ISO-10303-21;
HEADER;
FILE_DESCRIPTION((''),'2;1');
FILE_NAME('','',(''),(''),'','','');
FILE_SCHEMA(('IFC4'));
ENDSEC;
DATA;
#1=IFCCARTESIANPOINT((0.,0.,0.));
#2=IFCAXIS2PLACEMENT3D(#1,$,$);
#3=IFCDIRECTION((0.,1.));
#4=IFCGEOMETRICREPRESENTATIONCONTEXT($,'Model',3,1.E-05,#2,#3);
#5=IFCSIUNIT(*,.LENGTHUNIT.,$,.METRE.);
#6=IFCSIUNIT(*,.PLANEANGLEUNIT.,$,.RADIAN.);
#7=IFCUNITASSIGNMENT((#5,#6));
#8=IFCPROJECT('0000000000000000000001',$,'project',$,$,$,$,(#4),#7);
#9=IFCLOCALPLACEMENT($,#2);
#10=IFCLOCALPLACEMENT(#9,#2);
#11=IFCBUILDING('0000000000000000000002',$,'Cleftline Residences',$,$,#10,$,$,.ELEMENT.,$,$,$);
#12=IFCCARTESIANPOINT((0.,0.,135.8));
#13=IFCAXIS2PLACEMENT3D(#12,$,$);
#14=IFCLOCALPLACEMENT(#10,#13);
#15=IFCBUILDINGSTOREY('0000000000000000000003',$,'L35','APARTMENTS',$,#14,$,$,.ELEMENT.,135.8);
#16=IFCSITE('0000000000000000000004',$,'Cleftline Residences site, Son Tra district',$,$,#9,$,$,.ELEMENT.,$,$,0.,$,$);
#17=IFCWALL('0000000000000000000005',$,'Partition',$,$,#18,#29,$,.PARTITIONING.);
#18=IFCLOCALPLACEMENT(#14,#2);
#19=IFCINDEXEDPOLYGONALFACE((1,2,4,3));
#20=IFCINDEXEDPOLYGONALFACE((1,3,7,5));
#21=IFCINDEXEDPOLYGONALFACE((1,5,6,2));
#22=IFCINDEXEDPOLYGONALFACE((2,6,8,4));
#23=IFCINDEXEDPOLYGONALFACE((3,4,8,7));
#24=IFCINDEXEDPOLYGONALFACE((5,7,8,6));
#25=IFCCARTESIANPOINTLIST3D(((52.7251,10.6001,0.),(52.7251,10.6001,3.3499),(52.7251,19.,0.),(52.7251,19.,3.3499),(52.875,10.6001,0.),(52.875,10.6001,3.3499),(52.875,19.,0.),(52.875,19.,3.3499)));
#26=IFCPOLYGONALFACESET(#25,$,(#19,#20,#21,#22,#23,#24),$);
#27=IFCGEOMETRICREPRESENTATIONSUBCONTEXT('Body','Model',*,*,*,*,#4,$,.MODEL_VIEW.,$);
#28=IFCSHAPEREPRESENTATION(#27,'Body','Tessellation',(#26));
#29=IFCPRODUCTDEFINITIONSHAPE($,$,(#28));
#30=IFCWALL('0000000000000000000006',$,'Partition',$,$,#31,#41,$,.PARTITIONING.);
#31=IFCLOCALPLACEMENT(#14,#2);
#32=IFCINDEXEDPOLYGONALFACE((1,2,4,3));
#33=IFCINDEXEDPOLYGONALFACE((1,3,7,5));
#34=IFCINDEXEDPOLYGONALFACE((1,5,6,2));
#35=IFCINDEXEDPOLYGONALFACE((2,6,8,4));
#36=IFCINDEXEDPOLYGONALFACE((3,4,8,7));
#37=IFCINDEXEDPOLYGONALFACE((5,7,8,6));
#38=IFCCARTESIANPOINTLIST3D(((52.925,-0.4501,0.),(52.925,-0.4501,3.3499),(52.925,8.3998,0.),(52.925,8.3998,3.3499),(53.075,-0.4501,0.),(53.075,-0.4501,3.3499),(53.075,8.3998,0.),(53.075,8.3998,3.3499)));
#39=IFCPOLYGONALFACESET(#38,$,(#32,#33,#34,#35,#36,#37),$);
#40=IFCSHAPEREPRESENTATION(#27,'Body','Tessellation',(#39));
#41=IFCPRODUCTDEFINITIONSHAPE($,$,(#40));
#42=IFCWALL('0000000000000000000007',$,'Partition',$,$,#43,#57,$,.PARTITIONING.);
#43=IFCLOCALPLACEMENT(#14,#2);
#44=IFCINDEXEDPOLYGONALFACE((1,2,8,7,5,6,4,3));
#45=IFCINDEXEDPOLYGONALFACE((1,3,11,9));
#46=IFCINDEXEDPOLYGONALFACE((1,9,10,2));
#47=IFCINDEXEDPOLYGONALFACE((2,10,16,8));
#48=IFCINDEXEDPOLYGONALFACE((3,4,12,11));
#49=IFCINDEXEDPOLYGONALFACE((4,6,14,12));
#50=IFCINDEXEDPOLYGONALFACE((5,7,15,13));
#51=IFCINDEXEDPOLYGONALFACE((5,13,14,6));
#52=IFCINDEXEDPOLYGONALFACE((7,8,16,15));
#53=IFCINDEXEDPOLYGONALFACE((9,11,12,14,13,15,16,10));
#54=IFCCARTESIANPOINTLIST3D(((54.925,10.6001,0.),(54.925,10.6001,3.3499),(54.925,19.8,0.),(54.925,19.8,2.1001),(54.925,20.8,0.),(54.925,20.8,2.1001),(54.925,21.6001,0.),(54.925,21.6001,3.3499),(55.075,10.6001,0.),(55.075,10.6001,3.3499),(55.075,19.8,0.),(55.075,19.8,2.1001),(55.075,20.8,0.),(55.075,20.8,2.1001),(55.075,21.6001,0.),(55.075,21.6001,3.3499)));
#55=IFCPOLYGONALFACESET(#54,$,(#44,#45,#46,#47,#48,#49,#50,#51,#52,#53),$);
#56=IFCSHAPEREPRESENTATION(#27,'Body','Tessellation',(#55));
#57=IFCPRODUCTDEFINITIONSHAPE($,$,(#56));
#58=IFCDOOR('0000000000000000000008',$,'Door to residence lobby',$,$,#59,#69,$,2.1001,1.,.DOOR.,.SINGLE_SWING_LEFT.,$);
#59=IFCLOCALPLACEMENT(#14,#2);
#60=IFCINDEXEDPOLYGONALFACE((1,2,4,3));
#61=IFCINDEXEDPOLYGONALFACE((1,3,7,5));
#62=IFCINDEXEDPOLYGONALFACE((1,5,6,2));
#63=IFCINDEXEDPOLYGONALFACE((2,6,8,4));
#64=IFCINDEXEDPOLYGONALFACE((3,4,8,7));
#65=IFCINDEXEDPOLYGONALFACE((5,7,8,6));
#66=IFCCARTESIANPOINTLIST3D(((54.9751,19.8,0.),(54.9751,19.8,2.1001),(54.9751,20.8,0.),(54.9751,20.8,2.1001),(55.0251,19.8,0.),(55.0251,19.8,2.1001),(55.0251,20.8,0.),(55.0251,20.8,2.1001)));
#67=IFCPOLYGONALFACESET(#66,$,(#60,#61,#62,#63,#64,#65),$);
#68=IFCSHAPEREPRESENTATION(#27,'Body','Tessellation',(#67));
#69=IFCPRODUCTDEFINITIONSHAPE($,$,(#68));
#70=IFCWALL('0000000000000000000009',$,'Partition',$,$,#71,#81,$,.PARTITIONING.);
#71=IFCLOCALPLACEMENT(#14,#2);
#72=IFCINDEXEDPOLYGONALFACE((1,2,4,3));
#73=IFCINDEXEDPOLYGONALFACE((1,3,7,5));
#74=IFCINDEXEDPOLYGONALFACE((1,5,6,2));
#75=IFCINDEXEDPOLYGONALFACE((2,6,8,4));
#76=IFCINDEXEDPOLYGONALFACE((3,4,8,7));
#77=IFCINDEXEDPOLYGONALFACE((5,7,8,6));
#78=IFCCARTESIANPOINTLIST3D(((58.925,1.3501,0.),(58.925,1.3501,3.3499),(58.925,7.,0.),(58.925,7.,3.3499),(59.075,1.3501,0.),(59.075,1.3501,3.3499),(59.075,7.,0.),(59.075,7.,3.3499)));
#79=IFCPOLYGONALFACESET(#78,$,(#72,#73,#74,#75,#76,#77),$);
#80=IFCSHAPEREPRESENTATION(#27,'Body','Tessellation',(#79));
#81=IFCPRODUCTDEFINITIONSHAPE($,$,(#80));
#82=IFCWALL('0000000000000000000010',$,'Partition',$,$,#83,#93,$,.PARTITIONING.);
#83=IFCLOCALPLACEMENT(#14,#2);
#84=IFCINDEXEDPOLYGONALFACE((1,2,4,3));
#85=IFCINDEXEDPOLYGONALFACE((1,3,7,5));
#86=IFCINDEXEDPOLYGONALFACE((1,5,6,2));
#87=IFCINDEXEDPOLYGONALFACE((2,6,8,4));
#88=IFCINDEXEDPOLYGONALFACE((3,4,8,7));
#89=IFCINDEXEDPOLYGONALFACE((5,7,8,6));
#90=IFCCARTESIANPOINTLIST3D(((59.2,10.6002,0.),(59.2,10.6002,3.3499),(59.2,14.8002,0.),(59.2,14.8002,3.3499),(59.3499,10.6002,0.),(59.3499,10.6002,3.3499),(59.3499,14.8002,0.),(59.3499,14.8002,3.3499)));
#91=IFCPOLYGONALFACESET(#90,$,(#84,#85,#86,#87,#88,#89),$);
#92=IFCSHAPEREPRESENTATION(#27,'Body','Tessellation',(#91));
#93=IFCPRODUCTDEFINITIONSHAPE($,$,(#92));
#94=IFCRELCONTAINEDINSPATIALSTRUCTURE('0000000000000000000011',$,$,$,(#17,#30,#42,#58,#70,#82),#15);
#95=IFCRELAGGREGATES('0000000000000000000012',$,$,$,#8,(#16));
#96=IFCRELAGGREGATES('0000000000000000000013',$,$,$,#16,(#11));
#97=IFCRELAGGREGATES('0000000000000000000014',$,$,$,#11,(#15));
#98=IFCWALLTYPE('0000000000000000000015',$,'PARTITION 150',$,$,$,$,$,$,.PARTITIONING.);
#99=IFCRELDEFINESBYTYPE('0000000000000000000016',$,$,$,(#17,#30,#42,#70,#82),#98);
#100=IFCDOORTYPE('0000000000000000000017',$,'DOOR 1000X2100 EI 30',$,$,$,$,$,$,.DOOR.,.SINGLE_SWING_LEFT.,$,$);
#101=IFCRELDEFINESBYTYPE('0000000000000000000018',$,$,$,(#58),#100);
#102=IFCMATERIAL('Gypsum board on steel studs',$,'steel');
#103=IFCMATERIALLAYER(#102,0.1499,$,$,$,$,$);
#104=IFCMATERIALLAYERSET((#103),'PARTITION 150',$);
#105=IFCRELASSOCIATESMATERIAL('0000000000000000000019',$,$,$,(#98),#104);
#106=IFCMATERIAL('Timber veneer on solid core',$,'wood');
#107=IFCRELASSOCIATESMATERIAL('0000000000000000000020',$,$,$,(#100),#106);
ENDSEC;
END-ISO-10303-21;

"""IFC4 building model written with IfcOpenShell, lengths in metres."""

from ifc_helpers import new_model, si_unit, direction, frame, frame_2d, origin, place, context, subcontext, project, spatial, rectangle, extrude, material, layer, layer_set, type_object, element, fill, save


model = new_model("IFC4")

# Units and contexts
model_context = context("Model", 3, precision=1e-05, world=origin(), true_north=direction((0.0, 1.0)))
body_context = subcontext(model_context, "Body", "Model", "MODEL_VIEW")
ifc_project = project(units=[si_unit("LENGTHUNIT", "METRE"), si_unit("PLANEANGLEUNIT", "RADIAN")], contexts=[model_context])

# Site, building, storey
site_placement = place(None, origin())
site = spatial("IfcSite", under=ifc_project, at=site_placement, Name="Cleftline Residences site, Son Tra district", CompositionType="ELEMENT", RefElevation=0.0)
building_placement = place(site_placement, origin())
building = spatial("IfcBuilding", under=site, at=building_placement, Name="Cleftline Residences", CompositionType="ELEMENT")
storey_placement = place(building_placement, frame((0.0, 0.0, 135.8)))
storey = spatial("IfcBuildingStorey", under=building, at=storey_placement, Name="L35", Description="APARTMENTS", CompositionType="ELEMENT", Elevation=135.8)

# Shared definitions
ifc_material_1 = material(Name="Gypsum board on steel studs", Category="steel")
ifc_layer_1 = layer(ifc_material_1, 0.1499)
ifc_layer_set_1 = layer_set([ifc_layer_1], Name="PARTITION 150")
wall_type_1 = type_object("IfcWallType", Name="PARTITION 150", PredefinedType="PARTITIONING", material=ifc_layer_set_1)

# Walls
wall_1_placement = place(storey_placement, frame((52.8, 10.6001, 0.0), z_axis=(0.0, 0.0, 1.0), x_axis=(0.0, 1.0, 0.0)))
element("IfcWall", 1, at=wall_1_placement, inside=storey, type_object=wall_type_1, Name="Partition", PredefinedType="PARTITIONING", context=body_context, shape_type="SweptSolid", body=[
    extrude(rectangle(XDim=8.3999, YDim=0.1499, at=frame_2d((4.2, 0.0))), origin(), (0.0, 0.0, 1.0), 3.3499),
])
wall_2_placement = place(storey_placement, frame((53.0, -0.45, 0.0), z_axis=(0.0, 0.0, 1.0), x_axis=(0.0, 1.0, 0.0)))
element("IfcWall", 2, at=wall_2_placement, inside=storey, type_object=wall_type_1, Name="Partition", PredefinedType="PARTITIONING", context=body_context, shape_type="SweptSolid", body=[
    extrude(rectangle(XDim=8.8499, YDim=0.1499, at=frame_2d((4.4248, 0.0))), origin(), (0.0, 0.0, 1.0), 3.3499),
])

# Wall, opening, door
wall_3_placement = place(storey_placement, frame((55.0, 10.6001, 0.0), z_axis=(0.0, 0.0, 1.0), x_axis=(0.0, 1.0, 0.0)))
wall_3 = element("IfcWall", 3, at=wall_3_placement, inside=storey, type_object=wall_type_1, Name="Partition", PredefinedType="PARTITIONING", context=body_context, shape_type="SweptSolid", body=[
    extrude(rectangle(XDim=11.0, YDim=0.1499, at=frame_2d((5.5, 0.0))), origin(), (0.0, 0.0, 1.0), 3.3499),
])
opening_1_placement = place(wall_3_placement, frame((9.2, 0.0, 0.0)))
opening_1 = element("IfcOpeningElement", 4, at=opening_1_placement, cuts=wall_3, PredefinedType="OPENING", context=body_context, shape_type="SweptSolid", body=[
    extrude(rectangle(XDim=1.0, YDim=2.1001, at=frame_2d((0.5, 1.05))), frame((0.0, 0.085, 0.0), z_axis=(0.0, -1.0, 0.0), x_axis=(1.0, 0.0, 0.0)), (0.0, 0.0, 1.0), 0.1699),
])
ifc_material_2 = material(Name="Timber veneer on solid core", Category="wood")
door_type_1 = type_object("IfcDoorType", Name="DOOR 1000X2100 EI 30", OperationType="SINGLE_SWING_LEFT", PredefinedType="DOOR", material=ifc_material_2)
door_1_placement = place(opening_1_placement, origin())
door_1 = element("IfcDoor", 5, at=door_1_placement, inside=storey, type_object=door_type_1, Name="Door to residence lobby", OperationType="SINGLE_SWING_LEFT", OverallHeight=2.1001, OverallWidth=1.0, PredefinedType="DOOR", context=body_context, shape_type="SweptSolid", body=[
    extrude(rectangle(XDim=1.0, YDim=2.1001, at=frame_2d((0.5, 1.05))), frame((0.0, 0.0249, 0.0), z_axis=(0.0, -1.0, 0.0), x_axis=(1.0, 0.0, 0.0)), (0.0, 0.0, 1.0), 0.05),
])
fill(opening_1, door_1)

# Walls
wall_4_placement = place(storey_placement, frame((59.0, 1.3501, 0.0), z_axis=(0.0, 0.0, 1.0), x_axis=(0.0, 1.0, 0.0)))
element("IfcWall", 6, at=wall_4_placement, inside=storey, type_object=wall_type_1, Name="Partition", PredefinedType="PARTITIONING", context=body_context, shape_type="SweptSolid", body=[
    extrude(rectangle(XDim=5.6499, YDim=0.1499, at=frame_2d((2.825, 0.0))), origin(), (0.0, 0.0, 1.0), 3.3499),
])
wall_5_placement = place(storey_placement, frame((59.2749, 10.6001, 0.0), z_axis=(0.0, 0.0, 1.0), x_axis=(0.0, 1.0, 0.0)))
element("IfcWall", 7, at=wall_5_placement, inside=storey, type_object=wall_type_1, Name="Partition", PredefinedType="PARTITIONING", context=body_context, shape_type="SweptSolid", body=[
    extrude(rectangle(XDim=4.2, YDim=0.1499, at=frame_2d((2.1001, 0.0))), origin(), (0.0, 0.0, 1.0), 3.3499),
])

save(model, "model.ifc")
